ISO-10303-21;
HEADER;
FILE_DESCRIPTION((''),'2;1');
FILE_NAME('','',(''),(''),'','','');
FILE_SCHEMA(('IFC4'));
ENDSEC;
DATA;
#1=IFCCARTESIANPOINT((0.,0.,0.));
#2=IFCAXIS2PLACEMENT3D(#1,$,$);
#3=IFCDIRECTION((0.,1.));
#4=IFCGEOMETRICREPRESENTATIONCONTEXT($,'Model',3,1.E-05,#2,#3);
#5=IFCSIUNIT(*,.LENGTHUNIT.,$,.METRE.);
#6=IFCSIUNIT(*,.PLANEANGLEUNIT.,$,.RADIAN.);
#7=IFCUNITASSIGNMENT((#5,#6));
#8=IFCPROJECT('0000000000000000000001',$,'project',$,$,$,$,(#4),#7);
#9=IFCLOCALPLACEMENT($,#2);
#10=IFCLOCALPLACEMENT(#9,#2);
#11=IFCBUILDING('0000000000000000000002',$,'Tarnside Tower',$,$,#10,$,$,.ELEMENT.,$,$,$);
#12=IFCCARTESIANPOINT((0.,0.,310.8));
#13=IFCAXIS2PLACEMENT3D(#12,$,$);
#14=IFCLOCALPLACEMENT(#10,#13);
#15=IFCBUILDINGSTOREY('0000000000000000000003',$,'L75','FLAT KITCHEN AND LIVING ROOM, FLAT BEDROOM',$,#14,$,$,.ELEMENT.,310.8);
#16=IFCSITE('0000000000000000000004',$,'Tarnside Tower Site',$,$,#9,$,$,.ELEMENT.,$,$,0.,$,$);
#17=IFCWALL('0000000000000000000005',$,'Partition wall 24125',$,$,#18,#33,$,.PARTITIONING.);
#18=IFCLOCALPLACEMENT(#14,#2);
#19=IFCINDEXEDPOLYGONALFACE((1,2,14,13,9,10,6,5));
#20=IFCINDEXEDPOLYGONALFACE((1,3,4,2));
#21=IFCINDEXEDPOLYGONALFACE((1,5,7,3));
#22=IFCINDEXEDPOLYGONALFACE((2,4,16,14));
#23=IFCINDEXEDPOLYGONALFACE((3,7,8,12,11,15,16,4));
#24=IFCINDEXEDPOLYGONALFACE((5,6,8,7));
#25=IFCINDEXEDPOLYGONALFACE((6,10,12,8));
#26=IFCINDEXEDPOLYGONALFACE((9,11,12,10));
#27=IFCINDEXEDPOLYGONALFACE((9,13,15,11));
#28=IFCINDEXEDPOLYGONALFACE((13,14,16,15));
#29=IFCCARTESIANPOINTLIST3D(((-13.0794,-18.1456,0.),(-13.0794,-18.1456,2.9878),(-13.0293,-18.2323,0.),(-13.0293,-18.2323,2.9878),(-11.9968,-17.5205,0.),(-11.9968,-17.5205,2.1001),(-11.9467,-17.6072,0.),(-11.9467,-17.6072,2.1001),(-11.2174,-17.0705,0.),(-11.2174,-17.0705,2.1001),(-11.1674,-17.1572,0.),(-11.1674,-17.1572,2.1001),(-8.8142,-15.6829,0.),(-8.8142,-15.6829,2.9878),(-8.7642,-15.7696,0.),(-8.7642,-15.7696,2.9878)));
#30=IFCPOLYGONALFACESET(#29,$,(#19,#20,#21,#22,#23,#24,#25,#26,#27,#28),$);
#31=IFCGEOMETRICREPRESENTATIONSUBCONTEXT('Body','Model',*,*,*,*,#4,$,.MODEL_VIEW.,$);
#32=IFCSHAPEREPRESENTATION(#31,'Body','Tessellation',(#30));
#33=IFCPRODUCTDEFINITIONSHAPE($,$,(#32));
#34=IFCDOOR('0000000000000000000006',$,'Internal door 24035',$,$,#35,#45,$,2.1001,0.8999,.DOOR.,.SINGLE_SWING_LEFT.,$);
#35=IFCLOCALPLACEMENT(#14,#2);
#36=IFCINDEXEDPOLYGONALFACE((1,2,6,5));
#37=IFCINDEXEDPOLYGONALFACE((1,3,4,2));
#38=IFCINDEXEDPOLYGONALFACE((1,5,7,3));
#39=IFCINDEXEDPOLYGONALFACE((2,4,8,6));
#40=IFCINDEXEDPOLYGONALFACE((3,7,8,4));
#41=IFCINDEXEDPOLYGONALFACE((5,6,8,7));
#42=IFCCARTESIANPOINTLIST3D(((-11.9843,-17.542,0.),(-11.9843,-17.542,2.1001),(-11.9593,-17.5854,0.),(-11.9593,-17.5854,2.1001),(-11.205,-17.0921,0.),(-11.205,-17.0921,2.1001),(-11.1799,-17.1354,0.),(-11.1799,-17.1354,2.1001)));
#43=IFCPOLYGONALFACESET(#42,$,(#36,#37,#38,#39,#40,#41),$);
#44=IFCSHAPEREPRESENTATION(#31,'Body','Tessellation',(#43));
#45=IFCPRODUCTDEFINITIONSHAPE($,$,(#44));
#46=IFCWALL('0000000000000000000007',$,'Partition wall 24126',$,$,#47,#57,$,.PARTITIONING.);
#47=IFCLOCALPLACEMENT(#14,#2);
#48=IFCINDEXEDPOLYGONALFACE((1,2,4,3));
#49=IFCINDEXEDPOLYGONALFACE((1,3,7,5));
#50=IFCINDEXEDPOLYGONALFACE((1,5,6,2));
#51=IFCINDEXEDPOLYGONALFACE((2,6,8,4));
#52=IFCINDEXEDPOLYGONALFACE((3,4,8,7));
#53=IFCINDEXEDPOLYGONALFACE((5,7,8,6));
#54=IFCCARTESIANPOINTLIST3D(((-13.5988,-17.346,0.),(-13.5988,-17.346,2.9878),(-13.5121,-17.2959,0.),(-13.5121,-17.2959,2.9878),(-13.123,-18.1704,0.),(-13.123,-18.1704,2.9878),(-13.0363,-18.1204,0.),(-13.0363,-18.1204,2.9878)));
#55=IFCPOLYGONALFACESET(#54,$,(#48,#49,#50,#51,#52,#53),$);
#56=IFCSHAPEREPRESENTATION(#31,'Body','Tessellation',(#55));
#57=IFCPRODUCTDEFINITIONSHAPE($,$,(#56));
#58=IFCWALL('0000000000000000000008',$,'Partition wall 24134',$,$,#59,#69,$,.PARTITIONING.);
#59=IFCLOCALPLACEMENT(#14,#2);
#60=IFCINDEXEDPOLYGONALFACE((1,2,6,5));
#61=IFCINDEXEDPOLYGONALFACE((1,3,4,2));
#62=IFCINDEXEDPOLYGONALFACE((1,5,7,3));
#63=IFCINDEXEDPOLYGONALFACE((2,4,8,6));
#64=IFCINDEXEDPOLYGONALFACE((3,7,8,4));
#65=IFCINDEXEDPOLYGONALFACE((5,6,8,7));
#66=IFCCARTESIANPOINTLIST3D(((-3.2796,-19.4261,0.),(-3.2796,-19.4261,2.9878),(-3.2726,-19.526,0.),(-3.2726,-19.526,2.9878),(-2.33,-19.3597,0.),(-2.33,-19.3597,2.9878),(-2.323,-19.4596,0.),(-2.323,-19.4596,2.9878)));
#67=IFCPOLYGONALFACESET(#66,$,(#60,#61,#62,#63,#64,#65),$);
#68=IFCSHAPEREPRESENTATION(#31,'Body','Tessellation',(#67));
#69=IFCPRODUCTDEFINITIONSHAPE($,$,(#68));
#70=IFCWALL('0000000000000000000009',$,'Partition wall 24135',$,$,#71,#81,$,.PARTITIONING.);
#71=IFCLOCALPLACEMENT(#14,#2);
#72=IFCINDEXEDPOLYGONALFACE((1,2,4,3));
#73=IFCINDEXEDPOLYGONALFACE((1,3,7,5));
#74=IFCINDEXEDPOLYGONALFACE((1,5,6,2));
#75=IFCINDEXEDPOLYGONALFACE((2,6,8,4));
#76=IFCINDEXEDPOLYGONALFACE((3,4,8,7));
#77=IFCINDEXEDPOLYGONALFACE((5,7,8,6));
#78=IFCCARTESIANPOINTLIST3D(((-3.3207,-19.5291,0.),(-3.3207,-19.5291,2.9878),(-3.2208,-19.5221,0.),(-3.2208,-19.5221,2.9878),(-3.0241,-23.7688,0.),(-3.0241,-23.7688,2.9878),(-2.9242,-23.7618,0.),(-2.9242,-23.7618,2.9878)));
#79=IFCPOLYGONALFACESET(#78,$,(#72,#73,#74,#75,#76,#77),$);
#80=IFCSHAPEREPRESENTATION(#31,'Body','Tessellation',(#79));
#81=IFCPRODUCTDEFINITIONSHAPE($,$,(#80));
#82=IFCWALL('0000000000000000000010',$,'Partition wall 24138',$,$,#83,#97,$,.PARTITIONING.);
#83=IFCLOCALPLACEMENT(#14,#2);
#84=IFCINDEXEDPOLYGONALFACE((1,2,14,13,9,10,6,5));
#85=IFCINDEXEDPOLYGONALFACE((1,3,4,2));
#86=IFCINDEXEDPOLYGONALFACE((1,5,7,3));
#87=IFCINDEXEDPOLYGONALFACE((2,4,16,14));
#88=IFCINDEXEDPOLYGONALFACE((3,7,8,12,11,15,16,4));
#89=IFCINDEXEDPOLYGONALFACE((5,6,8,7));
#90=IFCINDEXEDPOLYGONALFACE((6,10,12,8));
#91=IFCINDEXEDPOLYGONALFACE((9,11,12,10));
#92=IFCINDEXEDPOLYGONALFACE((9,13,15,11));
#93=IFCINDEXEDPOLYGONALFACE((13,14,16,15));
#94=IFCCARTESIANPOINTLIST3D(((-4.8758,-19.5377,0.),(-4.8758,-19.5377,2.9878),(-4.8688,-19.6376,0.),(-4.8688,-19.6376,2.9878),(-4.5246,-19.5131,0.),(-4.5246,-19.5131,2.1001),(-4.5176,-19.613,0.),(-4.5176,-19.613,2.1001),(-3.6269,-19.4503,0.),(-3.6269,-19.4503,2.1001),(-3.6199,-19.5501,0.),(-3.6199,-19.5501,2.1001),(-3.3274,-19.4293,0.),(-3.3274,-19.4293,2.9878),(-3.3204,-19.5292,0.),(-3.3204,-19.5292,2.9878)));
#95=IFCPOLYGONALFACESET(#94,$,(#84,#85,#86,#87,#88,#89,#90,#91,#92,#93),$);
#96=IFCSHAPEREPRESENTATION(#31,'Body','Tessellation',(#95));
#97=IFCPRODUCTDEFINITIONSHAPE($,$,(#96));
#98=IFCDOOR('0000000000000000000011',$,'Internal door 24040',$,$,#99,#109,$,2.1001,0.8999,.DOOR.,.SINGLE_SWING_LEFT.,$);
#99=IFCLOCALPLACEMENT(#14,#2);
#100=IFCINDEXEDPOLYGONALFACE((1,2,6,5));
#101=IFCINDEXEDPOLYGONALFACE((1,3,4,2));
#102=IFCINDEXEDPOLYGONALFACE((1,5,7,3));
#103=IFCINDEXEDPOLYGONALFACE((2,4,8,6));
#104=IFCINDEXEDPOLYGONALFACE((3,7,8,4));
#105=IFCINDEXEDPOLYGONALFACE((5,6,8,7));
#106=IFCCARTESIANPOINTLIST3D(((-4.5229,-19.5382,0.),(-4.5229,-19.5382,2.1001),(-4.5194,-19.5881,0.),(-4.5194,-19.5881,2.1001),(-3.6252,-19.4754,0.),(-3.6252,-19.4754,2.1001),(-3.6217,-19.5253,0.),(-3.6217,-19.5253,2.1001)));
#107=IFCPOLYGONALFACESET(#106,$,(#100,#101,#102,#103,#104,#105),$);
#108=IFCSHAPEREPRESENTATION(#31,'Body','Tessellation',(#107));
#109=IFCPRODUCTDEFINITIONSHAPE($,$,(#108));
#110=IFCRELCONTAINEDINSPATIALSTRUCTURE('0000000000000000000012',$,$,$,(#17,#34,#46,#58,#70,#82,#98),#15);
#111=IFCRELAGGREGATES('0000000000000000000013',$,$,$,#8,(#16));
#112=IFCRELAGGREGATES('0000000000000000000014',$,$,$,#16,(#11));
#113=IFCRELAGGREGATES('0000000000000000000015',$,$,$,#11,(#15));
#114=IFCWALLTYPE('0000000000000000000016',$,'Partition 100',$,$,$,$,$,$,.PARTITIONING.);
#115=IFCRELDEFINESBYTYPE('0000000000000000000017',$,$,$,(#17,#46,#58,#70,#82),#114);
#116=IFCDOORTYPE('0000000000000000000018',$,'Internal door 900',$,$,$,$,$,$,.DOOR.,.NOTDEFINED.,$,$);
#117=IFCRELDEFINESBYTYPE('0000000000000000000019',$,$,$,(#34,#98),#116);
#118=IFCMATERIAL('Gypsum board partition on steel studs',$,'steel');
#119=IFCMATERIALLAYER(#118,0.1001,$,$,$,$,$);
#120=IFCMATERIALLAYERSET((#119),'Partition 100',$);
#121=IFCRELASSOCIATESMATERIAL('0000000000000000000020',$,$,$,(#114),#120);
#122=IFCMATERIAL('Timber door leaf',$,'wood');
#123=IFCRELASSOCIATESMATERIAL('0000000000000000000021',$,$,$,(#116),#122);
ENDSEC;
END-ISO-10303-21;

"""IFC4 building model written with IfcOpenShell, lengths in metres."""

from ifc_helpers import new_model, si_unit, direction, frame, frame_2d, origin, place, context, subcontext, project, spatial, rectangle, extrude, material, layer, layer_set, type_object, element, fill, save


model = new_model("IFC4")

# Units and contexts
model_context = context("Model", 3, precision=1e-05, world=origin(), true_north=direction((0.0, 1.0)))
body_context = subcontext(model_context, "Body", "Model", "MODEL_VIEW")
ifc_project = project(units=[si_unit("LENGTHUNIT", "METRE"), si_unit("PLANEANGLEUNIT", "RADIAN")], contexts=[model_context])

# Site, building, storey
site_placement = place(None, origin())
site = spatial("IfcSite", under=ifc_project, at=site_placement, Name="Tarnside Tower Site", CompositionType="ELEMENT", RefElevation=0.0)
building_placement = place(site_placement, origin())
building = spatial("IfcBuilding", under=site, at=building_placement, Name="Tarnside Tower", CompositionType="ELEMENT")
storey_placement = place(building_placement, frame((0.0, 0.0, 310.8)))
storey = spatial("IfcBuildingStorey", under=building, at=storey_placement, Name="L75", Description="FLAT KITCHEN AND LIVING ROOM, FLAT BEDROOM", CompositionType="ELEMENT", Elevation=310.8)

# Shared definitions
ifc_material_1 = material(Name="Gypsum board partition on steel studs", Category="steel")
ifc_material_2 = material(Name="Timber door leaf", Category="wood")

# Wall, opening, door
ifc_layer_1 = layer(ifc_material_1, 0.1001)
ifc_layer_set_1 = layer_set([ifc_layer_1], Name="Partition 100")
wall_type_1 = type_object("IfcWallType", Name="Partition 100", PredefinedType="PARTITIONING", material=ifc_layer_set_1)
wall_1_placement = place(storey_placement, frame((-8.7893, -15.7263, 0.0), z_axis=(0.0, 0.0, 1.0), x_axis=(-0.866011, -0.500026, 0.0)))
wall_1 = element("IfcWall", 1, at=wall_1_placement, inside=storey, type_object=wall_type_1, Name="Partition wall 24125", PredefinedType="PARTITIONING", context=body_context, shape_type="SweptSolid", body=[
    extrude(rectangle(XDim=4.925, YDim=0.1001, at=frame_2d((2.4624, 0.0))), origin(), (0.0, 0.0, 1.0), 2.9878),
])
opening_1_placement = place(wall_1_placement, frame((2.7749, 0.0, 0.0)))
opening_1 = element("IfcOpeningElement", 2, at=opening_1_placement, cuts=wall_1, PredefinedType="OPENING", context=body_context, shape_type="SweptSolid", body=[
    extrude(rectangle(XDim=0.8999, YDim=2.1001, at=frame_2d((0.45, 1.05))), frame((0.0, 0.0601, 0.0), z_axis=(0.0, -1.0, 0.0), x_axis=(1.0, 0.0, 0.0)), (0.0, 0.0, 1.0), 0.1201),
])
door_type_1 = type_object("IfcDoorType", Name="Internal door 900", OperationType="NOTDEFINED", PredefinedType="DOOR", material=ifc_material_2)
door_1_placement = place(opening_1_placement, origin())
door_1 = element("IfcDoor", 3, at=door_1_placement, inside=storey, type_object=door_type_1, Name="Internal door 24035", OperationType="SINGLE_SWING_LEFT", OverallHeight=2.1001, OverallWidth=0.8999, PredefinedType="DOOR", context=body_context, shape_type="SweptSolid", body=[
    extrude(rectangle(XDim=0.8999, YDim=2.1001, at=frame_2d((0.45, 1.05))), frame((0.0, 0.0249, 0.0), z_axis=(0.0, -1.0, 0.0), x_axis=(1.0, 0.0, 0.0)), (0.0, 0.0, 1.0), 0.05),
])
fill(opening_1, door_1)

# Walls
for number, where, z_axis, x_axis, name in (
    (4, (-13.0796, -18.1455, 0.0), (0.0, 0.0, 1.0), (-0.499863, 0.866104, 0.0), "Partition wall 24126"),
    (5, (-2.3264, -19.4097, 0.0), (0.0, 0.0, 1.0), (-0.997564, -0.069753, 0.0), "Partition wall 24134"),
):
    element("IfcWall", number, at=place(storey_placement, frame(where, z_axis=z_axis, x_axis=x_axis)), inside=storey, type_object=wall_type_1, Name=name, PredefinedType="PARTITIONING", context=body_context, shape_type="SweptSolid", body=[
        extrude(rectangle(XDim=0.9519, YDim=0.1001, at=frame_2d((0.4761, 0.0))), origin(), (0.0, 0.0, 1.0), 2.9878),
    ])
wall_2_placement = place(storey_placement, frame((-3.2708, -19.5256, 0.0), z_axis=(0.0, 0.0, 1.0), x_axis=(0.069794, -0.997561, 0.0)))
element("IfcWall", 6, at=wall_2_placement, inside=storey, type_object=wall_type_1, Name="Partition wall 24135", PredefinedType="PARTITIONING", context=body_context, shape_type="SweptSolid", body=[
    extrude(rectangle(XDim=4.25, YDim=0.1001, at=frame_2d((2.125, 0.0))), origin(), (0.0, 0.0, 1.0), 2.9878),
])

# Wall, opening, door
wall_3_placement = place(storey_placement, frame((-4.8723, -19.5876, 0.0), z_axis=(0.0, 0.0, 1.0), x_axis=(0.997558, 0.069839, 0.0)))
wall_3 = element("IfcWall", 7, at=wall_3_placement, inside=storey, type_object=wall_type_1, Name="Partition wall 24138", PredefinedType="PARTITIONING", context=body_context, shape_type="SweptSolid", body=[
    extrude(rectangle(XDim=1.5522, YDim=0.1001, at=frame_2d((0.7761, 0.0))), origin(), (0.0, 0.0, 1.0), 2.9878),
])
opening_2_placement = place(wall_3_placement, frame((0.3521, 0.0, 0.0)))
opening_2 = element("IfcOpeningElement", 8, at=opening_2_placement, cuts=wall_3, PredefinedType="OPENING", context=body_context, shape_type="SweptSolid", body=[
    extrude(rectangle(XDim=0.8999, YDim=2.1001, at=frame_2d((0.45, 1.05))), frame((0.0, 0.0601, 0.0), z_axis=(0.0, -1.0, 0.0), x_axis=(1.0, 0.0, 0.0)), (0.0, 0.0, 1.0), 0.1201),
])
door_2_placement = place(opening_2_placement, origin())
door_2 = element("IfcDoor", 9, at=door_2_placement, inside=storey, type_object=door_type_1, Name="Internal door 24040", OperationType="SINGLE_SWING_LEFT", OverallHeight=2.1001, OverallWidth=0.8999, PredefinedType="DOOR", context=body_context, shape_type="SweptSolid", body=[
    extrude(rectangle(XDim=0.8999, YDim=2.1001, at=frame_2d((0.45, 1.05))), frame((0.0, 0.0249, 0.0), z_axis=(0.0, -1.0, 0.0), x_axis=(1.0, 0.0, 0.0)), (0.0, 0.0, 1.0), 0.05),
])
fill(opening_2, door_2)

save(model, "model.ifc")
